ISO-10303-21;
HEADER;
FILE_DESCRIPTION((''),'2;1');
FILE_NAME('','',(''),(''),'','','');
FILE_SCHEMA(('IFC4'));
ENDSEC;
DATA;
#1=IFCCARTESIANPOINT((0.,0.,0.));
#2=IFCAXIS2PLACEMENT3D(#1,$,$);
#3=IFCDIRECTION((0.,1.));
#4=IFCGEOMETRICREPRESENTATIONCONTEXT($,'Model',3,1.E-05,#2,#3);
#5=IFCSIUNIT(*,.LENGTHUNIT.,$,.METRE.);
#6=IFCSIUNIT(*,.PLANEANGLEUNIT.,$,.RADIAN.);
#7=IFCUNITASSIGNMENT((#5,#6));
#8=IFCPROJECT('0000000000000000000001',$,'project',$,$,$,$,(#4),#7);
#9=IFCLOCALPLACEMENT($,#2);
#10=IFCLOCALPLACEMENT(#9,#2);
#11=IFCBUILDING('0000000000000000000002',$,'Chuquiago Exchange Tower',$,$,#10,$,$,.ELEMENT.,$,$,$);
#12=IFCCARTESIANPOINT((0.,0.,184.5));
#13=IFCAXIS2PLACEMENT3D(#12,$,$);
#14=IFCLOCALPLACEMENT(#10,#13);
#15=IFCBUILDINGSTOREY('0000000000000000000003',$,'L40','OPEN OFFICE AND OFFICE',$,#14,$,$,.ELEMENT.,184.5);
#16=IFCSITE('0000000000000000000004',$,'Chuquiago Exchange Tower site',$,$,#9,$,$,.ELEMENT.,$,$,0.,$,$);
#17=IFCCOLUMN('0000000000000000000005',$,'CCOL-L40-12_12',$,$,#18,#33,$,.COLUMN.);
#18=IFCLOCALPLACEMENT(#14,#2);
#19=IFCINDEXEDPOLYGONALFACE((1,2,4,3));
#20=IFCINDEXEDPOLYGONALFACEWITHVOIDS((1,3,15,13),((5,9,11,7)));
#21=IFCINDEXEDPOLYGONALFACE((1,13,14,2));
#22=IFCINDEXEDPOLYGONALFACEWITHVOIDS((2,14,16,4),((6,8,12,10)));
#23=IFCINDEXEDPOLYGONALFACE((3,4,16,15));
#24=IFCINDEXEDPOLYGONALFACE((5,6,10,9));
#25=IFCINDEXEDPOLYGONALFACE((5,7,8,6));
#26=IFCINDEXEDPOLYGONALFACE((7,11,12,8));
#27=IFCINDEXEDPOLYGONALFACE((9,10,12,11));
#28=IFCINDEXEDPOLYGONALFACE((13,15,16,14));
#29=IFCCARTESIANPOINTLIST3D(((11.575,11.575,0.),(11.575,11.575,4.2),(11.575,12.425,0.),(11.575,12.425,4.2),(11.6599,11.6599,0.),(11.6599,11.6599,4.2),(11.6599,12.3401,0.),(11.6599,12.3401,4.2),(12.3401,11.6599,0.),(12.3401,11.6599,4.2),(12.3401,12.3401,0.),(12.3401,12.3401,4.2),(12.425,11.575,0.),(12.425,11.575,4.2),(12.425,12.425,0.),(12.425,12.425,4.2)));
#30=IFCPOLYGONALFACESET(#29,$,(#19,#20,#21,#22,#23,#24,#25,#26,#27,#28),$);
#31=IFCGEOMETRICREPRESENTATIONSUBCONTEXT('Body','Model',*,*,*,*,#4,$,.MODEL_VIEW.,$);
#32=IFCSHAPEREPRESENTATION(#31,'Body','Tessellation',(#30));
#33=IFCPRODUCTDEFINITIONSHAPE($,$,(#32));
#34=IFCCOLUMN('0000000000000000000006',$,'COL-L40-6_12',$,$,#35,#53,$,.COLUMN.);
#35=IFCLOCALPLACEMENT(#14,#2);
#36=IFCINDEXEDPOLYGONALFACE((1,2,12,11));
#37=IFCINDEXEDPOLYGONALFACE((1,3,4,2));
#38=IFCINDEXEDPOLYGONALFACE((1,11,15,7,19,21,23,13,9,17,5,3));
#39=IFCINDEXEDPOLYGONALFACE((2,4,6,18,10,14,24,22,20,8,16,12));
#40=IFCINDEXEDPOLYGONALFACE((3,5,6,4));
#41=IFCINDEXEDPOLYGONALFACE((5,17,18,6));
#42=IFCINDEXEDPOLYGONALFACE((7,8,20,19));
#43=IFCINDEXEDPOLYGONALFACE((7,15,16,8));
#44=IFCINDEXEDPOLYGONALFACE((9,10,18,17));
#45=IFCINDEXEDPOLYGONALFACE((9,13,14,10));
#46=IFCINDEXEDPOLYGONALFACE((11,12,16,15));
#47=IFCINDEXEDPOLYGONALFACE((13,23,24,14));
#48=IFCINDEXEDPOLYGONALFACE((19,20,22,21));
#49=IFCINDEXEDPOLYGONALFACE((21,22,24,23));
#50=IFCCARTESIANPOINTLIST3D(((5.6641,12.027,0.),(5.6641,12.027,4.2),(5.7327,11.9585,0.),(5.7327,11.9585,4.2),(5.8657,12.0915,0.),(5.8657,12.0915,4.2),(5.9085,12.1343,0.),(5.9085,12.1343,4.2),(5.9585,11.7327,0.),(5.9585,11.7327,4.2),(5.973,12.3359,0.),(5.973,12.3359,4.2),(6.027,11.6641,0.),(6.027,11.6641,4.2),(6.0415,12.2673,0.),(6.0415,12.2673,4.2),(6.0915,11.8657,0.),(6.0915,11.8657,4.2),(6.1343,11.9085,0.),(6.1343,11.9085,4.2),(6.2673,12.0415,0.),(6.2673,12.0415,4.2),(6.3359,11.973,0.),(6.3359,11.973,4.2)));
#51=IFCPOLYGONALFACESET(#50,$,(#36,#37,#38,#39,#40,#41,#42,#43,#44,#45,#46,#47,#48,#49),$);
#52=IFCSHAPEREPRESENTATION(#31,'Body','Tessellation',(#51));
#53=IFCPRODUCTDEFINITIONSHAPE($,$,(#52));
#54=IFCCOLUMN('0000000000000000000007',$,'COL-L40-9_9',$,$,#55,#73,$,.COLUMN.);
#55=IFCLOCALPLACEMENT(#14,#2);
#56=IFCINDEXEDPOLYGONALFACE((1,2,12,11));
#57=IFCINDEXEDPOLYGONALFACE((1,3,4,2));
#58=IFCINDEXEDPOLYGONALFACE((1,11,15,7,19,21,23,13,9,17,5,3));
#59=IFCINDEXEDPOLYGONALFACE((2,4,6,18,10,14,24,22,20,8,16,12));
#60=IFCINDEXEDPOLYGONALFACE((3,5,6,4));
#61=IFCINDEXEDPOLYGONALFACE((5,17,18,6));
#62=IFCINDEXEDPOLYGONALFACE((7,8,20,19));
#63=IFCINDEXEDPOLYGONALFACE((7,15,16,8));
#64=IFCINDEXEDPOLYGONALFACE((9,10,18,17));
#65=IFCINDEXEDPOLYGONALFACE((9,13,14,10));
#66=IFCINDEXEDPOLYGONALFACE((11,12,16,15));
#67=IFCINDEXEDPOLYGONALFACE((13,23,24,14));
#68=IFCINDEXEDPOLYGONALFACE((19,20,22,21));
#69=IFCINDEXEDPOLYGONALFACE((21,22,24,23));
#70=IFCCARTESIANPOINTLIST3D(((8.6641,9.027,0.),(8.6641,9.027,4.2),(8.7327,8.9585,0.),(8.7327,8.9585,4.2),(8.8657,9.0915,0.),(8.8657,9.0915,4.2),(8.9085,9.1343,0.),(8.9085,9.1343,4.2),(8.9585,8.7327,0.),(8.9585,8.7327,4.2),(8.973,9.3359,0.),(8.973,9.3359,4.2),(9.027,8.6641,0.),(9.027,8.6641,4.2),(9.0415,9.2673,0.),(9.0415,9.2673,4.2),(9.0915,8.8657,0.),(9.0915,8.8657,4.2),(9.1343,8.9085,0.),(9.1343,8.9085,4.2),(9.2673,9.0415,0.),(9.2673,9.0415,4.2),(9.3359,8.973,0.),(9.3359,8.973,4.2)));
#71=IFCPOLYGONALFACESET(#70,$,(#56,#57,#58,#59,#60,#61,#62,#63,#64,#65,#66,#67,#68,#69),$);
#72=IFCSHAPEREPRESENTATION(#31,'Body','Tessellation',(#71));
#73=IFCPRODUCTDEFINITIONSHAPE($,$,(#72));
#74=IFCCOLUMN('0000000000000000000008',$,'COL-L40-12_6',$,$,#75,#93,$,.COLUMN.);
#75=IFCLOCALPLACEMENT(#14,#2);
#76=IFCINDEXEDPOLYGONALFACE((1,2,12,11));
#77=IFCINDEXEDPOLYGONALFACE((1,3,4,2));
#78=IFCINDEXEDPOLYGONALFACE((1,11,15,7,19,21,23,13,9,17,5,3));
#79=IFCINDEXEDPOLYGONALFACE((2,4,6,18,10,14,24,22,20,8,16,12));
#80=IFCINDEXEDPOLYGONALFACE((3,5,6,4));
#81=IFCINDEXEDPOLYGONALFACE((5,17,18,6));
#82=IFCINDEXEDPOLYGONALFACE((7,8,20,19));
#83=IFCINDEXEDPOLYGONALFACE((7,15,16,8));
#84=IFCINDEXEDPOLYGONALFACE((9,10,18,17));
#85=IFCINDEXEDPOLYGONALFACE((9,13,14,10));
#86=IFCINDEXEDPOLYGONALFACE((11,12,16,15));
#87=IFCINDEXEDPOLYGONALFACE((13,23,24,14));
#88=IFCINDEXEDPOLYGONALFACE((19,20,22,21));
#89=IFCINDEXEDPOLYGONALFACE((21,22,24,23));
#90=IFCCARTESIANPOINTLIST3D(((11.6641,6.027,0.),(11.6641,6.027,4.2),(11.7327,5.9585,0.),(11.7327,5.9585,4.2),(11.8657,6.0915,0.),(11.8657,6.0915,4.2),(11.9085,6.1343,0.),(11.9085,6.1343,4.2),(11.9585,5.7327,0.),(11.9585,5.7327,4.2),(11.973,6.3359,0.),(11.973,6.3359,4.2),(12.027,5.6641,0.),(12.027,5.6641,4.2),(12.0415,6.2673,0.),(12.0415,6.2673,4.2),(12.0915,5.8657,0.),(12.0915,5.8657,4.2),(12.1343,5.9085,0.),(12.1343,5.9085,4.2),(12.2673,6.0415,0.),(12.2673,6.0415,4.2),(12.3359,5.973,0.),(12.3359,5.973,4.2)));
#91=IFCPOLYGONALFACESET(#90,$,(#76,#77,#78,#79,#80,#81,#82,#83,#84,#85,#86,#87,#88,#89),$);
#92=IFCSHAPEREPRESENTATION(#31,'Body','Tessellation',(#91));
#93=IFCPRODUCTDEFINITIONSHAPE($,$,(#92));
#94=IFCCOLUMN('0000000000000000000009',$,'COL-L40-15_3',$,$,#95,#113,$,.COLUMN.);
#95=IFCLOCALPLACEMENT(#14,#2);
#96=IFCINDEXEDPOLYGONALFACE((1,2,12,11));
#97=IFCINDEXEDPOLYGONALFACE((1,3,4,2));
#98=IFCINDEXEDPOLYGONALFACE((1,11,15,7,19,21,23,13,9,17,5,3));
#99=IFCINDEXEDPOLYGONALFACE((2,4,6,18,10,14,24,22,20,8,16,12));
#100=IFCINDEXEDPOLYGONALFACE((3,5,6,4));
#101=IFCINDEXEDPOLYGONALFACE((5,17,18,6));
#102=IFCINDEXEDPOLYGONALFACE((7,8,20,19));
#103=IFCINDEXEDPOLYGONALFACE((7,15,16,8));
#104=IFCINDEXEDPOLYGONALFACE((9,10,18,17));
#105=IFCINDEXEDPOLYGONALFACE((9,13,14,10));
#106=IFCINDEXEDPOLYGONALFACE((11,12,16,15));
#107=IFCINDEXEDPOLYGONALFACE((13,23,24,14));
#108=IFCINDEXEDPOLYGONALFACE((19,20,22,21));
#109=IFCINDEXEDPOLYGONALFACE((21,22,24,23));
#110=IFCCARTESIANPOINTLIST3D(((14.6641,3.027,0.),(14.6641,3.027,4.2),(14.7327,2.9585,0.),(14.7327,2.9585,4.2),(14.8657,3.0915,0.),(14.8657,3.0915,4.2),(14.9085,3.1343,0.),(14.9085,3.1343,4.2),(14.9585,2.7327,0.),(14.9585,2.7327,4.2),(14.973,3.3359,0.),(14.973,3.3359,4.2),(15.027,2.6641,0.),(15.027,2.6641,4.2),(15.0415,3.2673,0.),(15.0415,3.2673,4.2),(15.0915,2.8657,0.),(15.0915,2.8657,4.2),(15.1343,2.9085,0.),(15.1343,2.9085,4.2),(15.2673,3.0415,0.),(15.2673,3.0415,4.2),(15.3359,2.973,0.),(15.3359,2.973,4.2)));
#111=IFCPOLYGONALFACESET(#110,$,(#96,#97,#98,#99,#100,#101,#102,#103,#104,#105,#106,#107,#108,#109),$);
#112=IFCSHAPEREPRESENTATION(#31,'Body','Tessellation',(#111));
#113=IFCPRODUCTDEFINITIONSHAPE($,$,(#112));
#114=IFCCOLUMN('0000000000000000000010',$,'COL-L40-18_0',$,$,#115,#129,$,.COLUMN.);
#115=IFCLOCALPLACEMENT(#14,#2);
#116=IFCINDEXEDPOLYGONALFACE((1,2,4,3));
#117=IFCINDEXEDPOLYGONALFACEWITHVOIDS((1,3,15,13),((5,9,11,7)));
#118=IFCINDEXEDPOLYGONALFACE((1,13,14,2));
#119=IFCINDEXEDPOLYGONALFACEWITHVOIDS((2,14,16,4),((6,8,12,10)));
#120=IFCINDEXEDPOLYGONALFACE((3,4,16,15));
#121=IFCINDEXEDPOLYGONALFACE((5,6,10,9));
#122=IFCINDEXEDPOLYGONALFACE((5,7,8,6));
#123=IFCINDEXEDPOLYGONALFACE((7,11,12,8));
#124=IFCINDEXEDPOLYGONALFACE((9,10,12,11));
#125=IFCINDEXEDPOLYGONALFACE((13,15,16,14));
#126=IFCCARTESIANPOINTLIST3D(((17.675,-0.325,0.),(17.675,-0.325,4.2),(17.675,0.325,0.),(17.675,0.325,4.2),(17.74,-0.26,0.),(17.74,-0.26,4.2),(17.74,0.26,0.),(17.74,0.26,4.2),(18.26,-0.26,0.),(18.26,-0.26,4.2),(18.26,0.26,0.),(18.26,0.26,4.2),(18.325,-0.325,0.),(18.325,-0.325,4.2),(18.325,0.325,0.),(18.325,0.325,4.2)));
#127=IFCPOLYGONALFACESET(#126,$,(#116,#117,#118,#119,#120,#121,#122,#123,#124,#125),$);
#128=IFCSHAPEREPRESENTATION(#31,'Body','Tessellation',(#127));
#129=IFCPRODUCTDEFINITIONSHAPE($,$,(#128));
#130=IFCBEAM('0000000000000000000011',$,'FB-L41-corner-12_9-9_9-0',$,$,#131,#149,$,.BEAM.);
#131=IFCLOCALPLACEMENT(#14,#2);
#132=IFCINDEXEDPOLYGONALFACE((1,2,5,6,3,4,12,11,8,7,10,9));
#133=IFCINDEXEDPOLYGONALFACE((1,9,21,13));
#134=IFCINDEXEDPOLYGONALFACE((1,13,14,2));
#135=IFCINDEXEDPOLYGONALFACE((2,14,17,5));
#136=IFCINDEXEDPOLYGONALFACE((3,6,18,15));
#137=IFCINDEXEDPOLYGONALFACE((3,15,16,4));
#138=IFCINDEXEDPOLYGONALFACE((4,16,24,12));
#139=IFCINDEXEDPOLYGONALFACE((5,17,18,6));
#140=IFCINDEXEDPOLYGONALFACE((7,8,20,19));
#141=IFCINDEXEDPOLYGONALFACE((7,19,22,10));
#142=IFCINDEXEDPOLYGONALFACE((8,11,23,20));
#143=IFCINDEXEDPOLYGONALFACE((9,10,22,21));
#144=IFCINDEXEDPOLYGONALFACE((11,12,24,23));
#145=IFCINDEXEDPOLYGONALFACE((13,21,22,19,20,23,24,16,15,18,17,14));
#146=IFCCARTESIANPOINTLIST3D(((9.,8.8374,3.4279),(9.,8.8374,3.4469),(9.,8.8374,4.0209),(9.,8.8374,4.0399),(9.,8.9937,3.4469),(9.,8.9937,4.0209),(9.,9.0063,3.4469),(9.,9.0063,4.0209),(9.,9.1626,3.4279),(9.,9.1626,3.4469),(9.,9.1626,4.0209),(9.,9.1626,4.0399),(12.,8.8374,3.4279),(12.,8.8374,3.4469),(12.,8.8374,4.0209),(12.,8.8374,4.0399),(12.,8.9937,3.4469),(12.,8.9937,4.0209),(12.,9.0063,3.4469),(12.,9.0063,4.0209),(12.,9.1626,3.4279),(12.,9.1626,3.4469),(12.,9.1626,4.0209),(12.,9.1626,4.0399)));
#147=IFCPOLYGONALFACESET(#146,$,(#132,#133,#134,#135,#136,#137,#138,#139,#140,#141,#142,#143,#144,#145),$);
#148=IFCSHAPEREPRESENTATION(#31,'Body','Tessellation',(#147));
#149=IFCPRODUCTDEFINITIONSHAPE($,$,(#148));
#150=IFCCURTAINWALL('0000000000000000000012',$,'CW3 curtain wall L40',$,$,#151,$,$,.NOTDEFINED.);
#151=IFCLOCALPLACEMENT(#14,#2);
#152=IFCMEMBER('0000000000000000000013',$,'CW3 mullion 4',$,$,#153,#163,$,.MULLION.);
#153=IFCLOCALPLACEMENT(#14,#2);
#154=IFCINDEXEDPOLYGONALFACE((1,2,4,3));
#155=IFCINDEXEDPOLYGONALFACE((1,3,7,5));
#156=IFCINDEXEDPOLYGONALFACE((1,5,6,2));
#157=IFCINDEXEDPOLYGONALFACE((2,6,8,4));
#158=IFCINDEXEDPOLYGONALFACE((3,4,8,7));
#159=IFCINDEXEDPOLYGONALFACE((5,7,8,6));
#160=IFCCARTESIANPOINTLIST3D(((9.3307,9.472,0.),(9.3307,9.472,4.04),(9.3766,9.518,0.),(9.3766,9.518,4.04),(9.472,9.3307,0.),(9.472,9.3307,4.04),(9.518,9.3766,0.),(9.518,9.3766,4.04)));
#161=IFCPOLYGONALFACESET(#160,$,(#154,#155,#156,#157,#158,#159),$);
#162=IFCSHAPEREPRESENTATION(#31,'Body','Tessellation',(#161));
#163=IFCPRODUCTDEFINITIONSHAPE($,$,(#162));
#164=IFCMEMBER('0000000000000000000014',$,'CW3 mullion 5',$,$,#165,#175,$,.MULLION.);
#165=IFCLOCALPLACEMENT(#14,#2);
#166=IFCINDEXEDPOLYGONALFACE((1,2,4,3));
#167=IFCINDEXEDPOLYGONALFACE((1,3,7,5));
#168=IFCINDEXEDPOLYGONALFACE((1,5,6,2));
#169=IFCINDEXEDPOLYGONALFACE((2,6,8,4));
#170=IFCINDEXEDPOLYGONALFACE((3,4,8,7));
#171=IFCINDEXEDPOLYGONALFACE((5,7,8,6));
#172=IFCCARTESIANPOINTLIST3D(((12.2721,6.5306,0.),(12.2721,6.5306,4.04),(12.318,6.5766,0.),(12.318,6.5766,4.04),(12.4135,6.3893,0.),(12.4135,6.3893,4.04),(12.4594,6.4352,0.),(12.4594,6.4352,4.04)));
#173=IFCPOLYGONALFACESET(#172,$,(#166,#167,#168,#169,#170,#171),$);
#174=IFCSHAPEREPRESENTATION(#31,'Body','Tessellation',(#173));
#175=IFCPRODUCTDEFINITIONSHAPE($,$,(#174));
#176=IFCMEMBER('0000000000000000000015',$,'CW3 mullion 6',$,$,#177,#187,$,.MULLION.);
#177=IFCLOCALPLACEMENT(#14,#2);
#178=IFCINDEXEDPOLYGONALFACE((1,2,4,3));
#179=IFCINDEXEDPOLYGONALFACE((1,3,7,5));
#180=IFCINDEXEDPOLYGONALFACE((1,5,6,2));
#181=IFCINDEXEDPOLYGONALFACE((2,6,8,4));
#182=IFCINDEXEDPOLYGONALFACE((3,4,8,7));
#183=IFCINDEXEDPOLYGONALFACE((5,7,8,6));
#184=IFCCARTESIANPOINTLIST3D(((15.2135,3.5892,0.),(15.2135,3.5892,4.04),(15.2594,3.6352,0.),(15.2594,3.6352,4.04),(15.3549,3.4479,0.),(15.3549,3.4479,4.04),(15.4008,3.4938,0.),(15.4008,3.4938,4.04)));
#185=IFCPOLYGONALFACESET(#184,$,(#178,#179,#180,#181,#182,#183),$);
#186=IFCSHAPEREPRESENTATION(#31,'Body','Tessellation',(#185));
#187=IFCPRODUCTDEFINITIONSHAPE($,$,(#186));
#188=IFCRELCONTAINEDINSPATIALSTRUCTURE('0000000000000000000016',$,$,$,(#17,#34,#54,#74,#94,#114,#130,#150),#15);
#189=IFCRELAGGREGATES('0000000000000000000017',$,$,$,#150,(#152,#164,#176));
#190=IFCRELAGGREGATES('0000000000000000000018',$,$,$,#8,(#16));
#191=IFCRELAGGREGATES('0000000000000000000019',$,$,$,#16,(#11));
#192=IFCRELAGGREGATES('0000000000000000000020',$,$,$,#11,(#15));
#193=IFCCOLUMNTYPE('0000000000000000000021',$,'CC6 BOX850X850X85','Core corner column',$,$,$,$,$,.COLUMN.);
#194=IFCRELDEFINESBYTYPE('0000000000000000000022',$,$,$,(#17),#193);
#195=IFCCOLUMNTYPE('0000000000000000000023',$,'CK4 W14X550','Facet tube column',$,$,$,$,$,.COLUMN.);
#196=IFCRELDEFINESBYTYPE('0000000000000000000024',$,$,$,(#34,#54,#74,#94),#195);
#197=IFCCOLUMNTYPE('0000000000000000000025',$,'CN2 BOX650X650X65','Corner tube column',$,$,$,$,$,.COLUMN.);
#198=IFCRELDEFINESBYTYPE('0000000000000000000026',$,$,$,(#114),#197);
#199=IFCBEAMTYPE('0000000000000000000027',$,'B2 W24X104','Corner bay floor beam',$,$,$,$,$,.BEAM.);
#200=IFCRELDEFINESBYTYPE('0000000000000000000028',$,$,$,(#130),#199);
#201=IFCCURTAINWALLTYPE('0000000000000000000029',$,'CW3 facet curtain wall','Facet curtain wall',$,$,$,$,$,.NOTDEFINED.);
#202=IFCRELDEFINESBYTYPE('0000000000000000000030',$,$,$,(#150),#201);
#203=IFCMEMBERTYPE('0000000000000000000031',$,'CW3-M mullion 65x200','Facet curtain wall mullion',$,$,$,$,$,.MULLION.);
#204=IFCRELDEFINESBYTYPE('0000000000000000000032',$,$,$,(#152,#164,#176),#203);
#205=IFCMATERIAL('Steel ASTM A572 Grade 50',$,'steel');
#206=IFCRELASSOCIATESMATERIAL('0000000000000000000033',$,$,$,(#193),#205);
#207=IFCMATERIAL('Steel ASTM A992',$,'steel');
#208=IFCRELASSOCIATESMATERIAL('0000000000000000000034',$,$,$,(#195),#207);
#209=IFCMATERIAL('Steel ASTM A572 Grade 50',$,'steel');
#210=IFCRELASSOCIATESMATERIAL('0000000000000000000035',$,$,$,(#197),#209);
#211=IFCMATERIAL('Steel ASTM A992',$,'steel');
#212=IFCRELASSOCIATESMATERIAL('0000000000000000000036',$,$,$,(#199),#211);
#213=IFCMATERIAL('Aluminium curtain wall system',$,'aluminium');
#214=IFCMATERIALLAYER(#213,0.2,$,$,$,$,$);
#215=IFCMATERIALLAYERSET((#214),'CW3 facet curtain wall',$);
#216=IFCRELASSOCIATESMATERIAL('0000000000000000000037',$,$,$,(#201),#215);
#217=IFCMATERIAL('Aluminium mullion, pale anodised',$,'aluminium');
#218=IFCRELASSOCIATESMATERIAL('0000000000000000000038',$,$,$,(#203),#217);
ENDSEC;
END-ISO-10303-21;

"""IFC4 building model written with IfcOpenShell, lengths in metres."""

from ifc_helpers import new_model, si_unit, direction, frame, origin, origin_2d, place, context, subcontext, project, spatial, rectangle, hollow_rectangle, i_section, extrude, material, layer, layer_set, material_profile, profile_set, type_object, element, aggregate, save


model = new_model("IFC4")

# Units and contexts
model_context = context("Model", 3, precision=1e-05, world=origin(), true_north=direction((0.0, 1.0)))
body_context = subcontext(model_context, "Body", "Model", "MODEL_VIEW")
ifc_project = project(units=[si_unit("LENGTHUNIT", "METRE"), si_unit("PLANEANGLEUNIT", "RADIAN")], contexts=[model_context])

# Site, building, storey
site_placement = place(None, origin())
site = spatial("IfcSite", under=ifc_project, at=site_placement, Name="Chuquiago Exchange Tower site", CompositionType="ELEMENT", RefElevation=0.0)
building_placement = place(site_placement, origin())
building = spatial("IfcBuilding", under=site, at=building_placement, Name="Chuquiago Exchange Tower", CompositionType="ELEMENT")
storey_placement = place(building_placement, frame((0.0, 0.0, 184.5)))
storey = spatial("IfcBuildingStorey", under=building, at=storey_placement, Name="L40", Description="OPEN OFFICE AND OFFICE", CompositionType="ELEMENT", Elevation=184.5)

# Columns
ifc_material_1 = material(Name="Steel ASTM A572 Grade 50", Category="steel")
ifc_material_profile_1 = material_profile(ifc_material_1, hollow_rectangle(XDim=0.8501, YDim=0.8501, WallThickness=0.085, at=origin_2d()), Name="BOX850X850X85")
ifc_profile_set_1 = profile_set([ifc_material_profile_1], Name="Steel ASTM A572 Grade 50")
column_type_1 = type_object("IfcColumnType", Name="CC6 BOX850X850X85", Description="Core corner column", PredefinedType="COLUMN", material=ifc_profile_set_1)
column_1_placement = place(storey_placement, frame((12.0, 12.0, 0.0), z_axis=(0.0, 0.0, 1.0), x_axis=(1.0, 0.0, 0.0)))
element("IfcColumn", 1, at=column_1_placement, inside=storey, type_object=column_type_1, Name="CCOL-L40-12_12", PredefinedType="COLUMN", context=body_context, shape_type="SweptSolid", body=[
    extrude(hollow_rectangle(XDim=0.8501, YDim=0.8501, WallThickness=0.085, at=origin_2d()), origin(), (0.0, 0.0, 1.0), 4.2),
])
ifc_material_2 = material(Name="Steel ASTM A992", Category="steel")
ifc_material_profile_2 = material_profile(ifc_material_2, i_section(OverallWidth=0.4368, OverallDepth=0.5132, WebThickness=0.0605, FlangeThickness=0.0969, at=origin_2d()), Name="W14X550")
ifc_profile_set_2 = profile_set([ifc_material_profile_2], Name="Steel ASTM A992")
column_type_2 = type_object("IfcColumnType", Name="CK4 W14X550", Description="Facet tube column", PredefinedType="COLUMN", material=ifc_profile_set_2)
for number, where, z_axis, x_axis, name in (
    (2, (6.0, 12.0, 0.0), (0.0, 0.0, 1.0), (-0.707107, -0.707107, 0.0), "COL-L40-6_12"),
    (3, (9.0, 9.0, 0.0), (0.0, 0.0, 1.0), (-0.707107, -0.707107, 0.0), "COL-L40-9_9"),
    (4, (12.0, 6.0, 0.0), (0.0, 0.0, 1.0), (-0.707107, -0.707107, 0.0), "COL-L40-12_6"),
    (5, (15.0, 3.0, 0.0), (0.0, 0.0, 1.0), (-0.707107, -0.707107, 0.0), "COL-L40-15_3"),
):
    element("IfcColumn", number, at=place(storey_placement, frame(where, z_axis=z_axis, x_axis=x_axis)), inside=storey, type_object=column_type_2, Name=name, PredefinedType="COLUMN", context=body_context, shape_type="SweptSolid", body=[
        extrude(i_section(OverallWidth=0.4368, OverallDepth=0.5132, WebThickness=0.0605, FlangeThickness=0.0969, at=origin_2d()), origin(), (0.0, 0.0, 1.0), 4.2),
    ])
ifc_material_3 = material(Name="Steel ASTM A572 Grade 50", Category="steel")
ifc_material_profile_3 = material_profile(ifc_material_3, hollow_rectangle(XDim=0.6499, YDim=0.6499, WallThickness=0.0649, at=origin_2d()), Name="BOX650X650X65")
ifc_profile_set_3 = profile_set([ifc_material_profile_3], Name="Steel ASTM A572 Grade 50")
column_type_3 = type_object("IfcColumnType", Name="CN2 BOX650X650X65", Description="Corner tube column", PredefinedType="COLUMN", material=ifc_profile_set_3)
column_2_placement = place(storey_placement, frame((18.0, 0.0, 0.0), z_axis=(0.0, 0.0, 1.0), x_axis=(0.0, -1.0, 0.0)))
element("IfcColumn", 6, at=column_2_placement, inside=storey, type_object=column_type_3, Name="COL-L40-18_0", PredefinedType="COLUMN", context=body_context, shape_type="SweptSolid", body=[
    extrude(hollow_rectangle(XDim=0.6499, YDim=0.6499, WallThickness=0.0649, at=origin_2d()), origin(), (0.0, 0.0, 1.0), 4.2),
])

# Beam
ifc_material_4 = material(Name="Steel ASTM A992", Category="steel")
ifc_material_profile_4 = material_profile(ifc_material_4, i_section(OverallWidth=0.3252, OverallDepth=0.6121, WebThickness=0.0127, FlangeThickness=0.019, at=origin_2d()), Name="W24X104")
ifc_profile_set_4 = profile_set([ifc_material_profile_4], Name="Steel ASTM A992")
beam_type_1 = type_object("IfcBeamType", Name="B2 W24X104", Description="Corner bay floor beam", PredefinedType="BEAM", material=ifc_profile_set_4)
beam_1_placement = place(storey_placement, frame((12.0, 9.0, 3.7339), z_axis=(-1.0, 0.0, 0.0), x_axis=(0.0, -1.0, 0.0)))
element("IfcBeam", 7, at=beam_1_placement, inside=storey, type_object=beam_type_1, Name="FB-L41-corner-12_9-9_9-0", PredefinedType="BEAM", context=body_context, shape_type="SweptSolid", body=[
    extrude(i_section(OverallWidth=0.3252, OverallDepth=0.6121, WebThickness=0.0127, FlangeThickness=0.019, at=origin_2d()), origin(), (0.0, 0.0, 1.0), 3.0),
])

# Curtain wall, members
ifc_material_5 = material(Name="Aluminium curtain wall system", Category="aluminium")
ifc_layer_1 = layer(ifc_material_5, 0.2)
ifc_layer_set_1 = layer_set([ifc_layer_1], Name="CW3 facet curtain wall")
curtain_wall_type = type_object("IfcCurtainWallType", Name="CW3 facet curtain wall", Description="Facet curtain wall", PredefinedType="NOTDEFINED", material=ifc_layer_set_1)
curtain_wall_placement = place(storey_placement, origin())
curtain_wall = element("IfcCurtainWall", 8, at=curtain_wall_placement, inside=storey, type_object=curtain_wall_type, Name="CW3 curtain wall L40", PredefinedType="NOTDEFINED")
ifc_material_6 = material(Name="Aluminium mullion, pale anodised", Category="aluminium")
ifc_material_profile_5 = material_profile(ifc_material_6, rectangle(XDim=0.0649, YDim=0.2, at=origin_2d()), Name="AL 65x200")
ifc_profile_set_5 = profile_set([ifc_material_profile_5], Name="Aluminium mullion, pale anodised")
member_type_1 = type_object("IfcMemberType", Name="CW3-M mullion 65x200", Description="Facet curtain wall mullion", PredefinedType="MULLION", material=ifc_profile_set_5)
member_1_placement = place(storey_placement, frame((9.4243, 9.4243, 0.0), z_axis=(0.0, 0.0, 1.0), x_axis=(0.707107, 0.707107, 0.0)))
member_1 = element("IfcMember", 9, at=member_1_placement, type_object=member_type_1, Name="CW3 mullion 4", PredefinedType="MULLION", context=body_context, shape_type="SweptSolid", body=[
    extrude(rectangle(XDim=0.0649, YDim=0.2, at=origin_2d()), origin(), (0.0, 0.0, 1.0), 4.04),
])
member_2_placement = place(storey_placement, frame((12.3657, 6.4829, 0.0), z_axis=(0.0, 0.0, 1.0), x_axis=(0.707107, 0.707107, 0.0)))
member_2 = element("IfcMember", 10, at=member_2_placement, type_object=member_type_1, Name="CW3 mullion 5", PredefinedType="MULLION", context=body_context, shape_type="SweptSolid", body=[
    extrude(rectangle(XDim=0.0649, YDim=0.2, at=origin_2d()), origin(), (0.0, 0.0, 1.0), 4.04),
])
member_3_placement = place(storey_placement, frame((15.3071, 3.5415, 0.0), z_axis=(0.0, 0.0, 1.0), x_axis=(0.707107, 0.707107, 0.0)))
member_3 = element("IfcMember", 11, at=member_3_placement, type_object=member_type_1, Name="CW3 mullion 6", PredefinedType="MULLION", context=body_context, shape_type="SweptSolid", body=[
    extrude(rectangle(XDim=0.0649, YDim=0.2, at=origin_2d()), origin(), (0.0, 0.0, 1.0), 4.04),
])

aggregate(curtain_wall, [member_1, member_2, member_3])

save(model, "model.ifc")
